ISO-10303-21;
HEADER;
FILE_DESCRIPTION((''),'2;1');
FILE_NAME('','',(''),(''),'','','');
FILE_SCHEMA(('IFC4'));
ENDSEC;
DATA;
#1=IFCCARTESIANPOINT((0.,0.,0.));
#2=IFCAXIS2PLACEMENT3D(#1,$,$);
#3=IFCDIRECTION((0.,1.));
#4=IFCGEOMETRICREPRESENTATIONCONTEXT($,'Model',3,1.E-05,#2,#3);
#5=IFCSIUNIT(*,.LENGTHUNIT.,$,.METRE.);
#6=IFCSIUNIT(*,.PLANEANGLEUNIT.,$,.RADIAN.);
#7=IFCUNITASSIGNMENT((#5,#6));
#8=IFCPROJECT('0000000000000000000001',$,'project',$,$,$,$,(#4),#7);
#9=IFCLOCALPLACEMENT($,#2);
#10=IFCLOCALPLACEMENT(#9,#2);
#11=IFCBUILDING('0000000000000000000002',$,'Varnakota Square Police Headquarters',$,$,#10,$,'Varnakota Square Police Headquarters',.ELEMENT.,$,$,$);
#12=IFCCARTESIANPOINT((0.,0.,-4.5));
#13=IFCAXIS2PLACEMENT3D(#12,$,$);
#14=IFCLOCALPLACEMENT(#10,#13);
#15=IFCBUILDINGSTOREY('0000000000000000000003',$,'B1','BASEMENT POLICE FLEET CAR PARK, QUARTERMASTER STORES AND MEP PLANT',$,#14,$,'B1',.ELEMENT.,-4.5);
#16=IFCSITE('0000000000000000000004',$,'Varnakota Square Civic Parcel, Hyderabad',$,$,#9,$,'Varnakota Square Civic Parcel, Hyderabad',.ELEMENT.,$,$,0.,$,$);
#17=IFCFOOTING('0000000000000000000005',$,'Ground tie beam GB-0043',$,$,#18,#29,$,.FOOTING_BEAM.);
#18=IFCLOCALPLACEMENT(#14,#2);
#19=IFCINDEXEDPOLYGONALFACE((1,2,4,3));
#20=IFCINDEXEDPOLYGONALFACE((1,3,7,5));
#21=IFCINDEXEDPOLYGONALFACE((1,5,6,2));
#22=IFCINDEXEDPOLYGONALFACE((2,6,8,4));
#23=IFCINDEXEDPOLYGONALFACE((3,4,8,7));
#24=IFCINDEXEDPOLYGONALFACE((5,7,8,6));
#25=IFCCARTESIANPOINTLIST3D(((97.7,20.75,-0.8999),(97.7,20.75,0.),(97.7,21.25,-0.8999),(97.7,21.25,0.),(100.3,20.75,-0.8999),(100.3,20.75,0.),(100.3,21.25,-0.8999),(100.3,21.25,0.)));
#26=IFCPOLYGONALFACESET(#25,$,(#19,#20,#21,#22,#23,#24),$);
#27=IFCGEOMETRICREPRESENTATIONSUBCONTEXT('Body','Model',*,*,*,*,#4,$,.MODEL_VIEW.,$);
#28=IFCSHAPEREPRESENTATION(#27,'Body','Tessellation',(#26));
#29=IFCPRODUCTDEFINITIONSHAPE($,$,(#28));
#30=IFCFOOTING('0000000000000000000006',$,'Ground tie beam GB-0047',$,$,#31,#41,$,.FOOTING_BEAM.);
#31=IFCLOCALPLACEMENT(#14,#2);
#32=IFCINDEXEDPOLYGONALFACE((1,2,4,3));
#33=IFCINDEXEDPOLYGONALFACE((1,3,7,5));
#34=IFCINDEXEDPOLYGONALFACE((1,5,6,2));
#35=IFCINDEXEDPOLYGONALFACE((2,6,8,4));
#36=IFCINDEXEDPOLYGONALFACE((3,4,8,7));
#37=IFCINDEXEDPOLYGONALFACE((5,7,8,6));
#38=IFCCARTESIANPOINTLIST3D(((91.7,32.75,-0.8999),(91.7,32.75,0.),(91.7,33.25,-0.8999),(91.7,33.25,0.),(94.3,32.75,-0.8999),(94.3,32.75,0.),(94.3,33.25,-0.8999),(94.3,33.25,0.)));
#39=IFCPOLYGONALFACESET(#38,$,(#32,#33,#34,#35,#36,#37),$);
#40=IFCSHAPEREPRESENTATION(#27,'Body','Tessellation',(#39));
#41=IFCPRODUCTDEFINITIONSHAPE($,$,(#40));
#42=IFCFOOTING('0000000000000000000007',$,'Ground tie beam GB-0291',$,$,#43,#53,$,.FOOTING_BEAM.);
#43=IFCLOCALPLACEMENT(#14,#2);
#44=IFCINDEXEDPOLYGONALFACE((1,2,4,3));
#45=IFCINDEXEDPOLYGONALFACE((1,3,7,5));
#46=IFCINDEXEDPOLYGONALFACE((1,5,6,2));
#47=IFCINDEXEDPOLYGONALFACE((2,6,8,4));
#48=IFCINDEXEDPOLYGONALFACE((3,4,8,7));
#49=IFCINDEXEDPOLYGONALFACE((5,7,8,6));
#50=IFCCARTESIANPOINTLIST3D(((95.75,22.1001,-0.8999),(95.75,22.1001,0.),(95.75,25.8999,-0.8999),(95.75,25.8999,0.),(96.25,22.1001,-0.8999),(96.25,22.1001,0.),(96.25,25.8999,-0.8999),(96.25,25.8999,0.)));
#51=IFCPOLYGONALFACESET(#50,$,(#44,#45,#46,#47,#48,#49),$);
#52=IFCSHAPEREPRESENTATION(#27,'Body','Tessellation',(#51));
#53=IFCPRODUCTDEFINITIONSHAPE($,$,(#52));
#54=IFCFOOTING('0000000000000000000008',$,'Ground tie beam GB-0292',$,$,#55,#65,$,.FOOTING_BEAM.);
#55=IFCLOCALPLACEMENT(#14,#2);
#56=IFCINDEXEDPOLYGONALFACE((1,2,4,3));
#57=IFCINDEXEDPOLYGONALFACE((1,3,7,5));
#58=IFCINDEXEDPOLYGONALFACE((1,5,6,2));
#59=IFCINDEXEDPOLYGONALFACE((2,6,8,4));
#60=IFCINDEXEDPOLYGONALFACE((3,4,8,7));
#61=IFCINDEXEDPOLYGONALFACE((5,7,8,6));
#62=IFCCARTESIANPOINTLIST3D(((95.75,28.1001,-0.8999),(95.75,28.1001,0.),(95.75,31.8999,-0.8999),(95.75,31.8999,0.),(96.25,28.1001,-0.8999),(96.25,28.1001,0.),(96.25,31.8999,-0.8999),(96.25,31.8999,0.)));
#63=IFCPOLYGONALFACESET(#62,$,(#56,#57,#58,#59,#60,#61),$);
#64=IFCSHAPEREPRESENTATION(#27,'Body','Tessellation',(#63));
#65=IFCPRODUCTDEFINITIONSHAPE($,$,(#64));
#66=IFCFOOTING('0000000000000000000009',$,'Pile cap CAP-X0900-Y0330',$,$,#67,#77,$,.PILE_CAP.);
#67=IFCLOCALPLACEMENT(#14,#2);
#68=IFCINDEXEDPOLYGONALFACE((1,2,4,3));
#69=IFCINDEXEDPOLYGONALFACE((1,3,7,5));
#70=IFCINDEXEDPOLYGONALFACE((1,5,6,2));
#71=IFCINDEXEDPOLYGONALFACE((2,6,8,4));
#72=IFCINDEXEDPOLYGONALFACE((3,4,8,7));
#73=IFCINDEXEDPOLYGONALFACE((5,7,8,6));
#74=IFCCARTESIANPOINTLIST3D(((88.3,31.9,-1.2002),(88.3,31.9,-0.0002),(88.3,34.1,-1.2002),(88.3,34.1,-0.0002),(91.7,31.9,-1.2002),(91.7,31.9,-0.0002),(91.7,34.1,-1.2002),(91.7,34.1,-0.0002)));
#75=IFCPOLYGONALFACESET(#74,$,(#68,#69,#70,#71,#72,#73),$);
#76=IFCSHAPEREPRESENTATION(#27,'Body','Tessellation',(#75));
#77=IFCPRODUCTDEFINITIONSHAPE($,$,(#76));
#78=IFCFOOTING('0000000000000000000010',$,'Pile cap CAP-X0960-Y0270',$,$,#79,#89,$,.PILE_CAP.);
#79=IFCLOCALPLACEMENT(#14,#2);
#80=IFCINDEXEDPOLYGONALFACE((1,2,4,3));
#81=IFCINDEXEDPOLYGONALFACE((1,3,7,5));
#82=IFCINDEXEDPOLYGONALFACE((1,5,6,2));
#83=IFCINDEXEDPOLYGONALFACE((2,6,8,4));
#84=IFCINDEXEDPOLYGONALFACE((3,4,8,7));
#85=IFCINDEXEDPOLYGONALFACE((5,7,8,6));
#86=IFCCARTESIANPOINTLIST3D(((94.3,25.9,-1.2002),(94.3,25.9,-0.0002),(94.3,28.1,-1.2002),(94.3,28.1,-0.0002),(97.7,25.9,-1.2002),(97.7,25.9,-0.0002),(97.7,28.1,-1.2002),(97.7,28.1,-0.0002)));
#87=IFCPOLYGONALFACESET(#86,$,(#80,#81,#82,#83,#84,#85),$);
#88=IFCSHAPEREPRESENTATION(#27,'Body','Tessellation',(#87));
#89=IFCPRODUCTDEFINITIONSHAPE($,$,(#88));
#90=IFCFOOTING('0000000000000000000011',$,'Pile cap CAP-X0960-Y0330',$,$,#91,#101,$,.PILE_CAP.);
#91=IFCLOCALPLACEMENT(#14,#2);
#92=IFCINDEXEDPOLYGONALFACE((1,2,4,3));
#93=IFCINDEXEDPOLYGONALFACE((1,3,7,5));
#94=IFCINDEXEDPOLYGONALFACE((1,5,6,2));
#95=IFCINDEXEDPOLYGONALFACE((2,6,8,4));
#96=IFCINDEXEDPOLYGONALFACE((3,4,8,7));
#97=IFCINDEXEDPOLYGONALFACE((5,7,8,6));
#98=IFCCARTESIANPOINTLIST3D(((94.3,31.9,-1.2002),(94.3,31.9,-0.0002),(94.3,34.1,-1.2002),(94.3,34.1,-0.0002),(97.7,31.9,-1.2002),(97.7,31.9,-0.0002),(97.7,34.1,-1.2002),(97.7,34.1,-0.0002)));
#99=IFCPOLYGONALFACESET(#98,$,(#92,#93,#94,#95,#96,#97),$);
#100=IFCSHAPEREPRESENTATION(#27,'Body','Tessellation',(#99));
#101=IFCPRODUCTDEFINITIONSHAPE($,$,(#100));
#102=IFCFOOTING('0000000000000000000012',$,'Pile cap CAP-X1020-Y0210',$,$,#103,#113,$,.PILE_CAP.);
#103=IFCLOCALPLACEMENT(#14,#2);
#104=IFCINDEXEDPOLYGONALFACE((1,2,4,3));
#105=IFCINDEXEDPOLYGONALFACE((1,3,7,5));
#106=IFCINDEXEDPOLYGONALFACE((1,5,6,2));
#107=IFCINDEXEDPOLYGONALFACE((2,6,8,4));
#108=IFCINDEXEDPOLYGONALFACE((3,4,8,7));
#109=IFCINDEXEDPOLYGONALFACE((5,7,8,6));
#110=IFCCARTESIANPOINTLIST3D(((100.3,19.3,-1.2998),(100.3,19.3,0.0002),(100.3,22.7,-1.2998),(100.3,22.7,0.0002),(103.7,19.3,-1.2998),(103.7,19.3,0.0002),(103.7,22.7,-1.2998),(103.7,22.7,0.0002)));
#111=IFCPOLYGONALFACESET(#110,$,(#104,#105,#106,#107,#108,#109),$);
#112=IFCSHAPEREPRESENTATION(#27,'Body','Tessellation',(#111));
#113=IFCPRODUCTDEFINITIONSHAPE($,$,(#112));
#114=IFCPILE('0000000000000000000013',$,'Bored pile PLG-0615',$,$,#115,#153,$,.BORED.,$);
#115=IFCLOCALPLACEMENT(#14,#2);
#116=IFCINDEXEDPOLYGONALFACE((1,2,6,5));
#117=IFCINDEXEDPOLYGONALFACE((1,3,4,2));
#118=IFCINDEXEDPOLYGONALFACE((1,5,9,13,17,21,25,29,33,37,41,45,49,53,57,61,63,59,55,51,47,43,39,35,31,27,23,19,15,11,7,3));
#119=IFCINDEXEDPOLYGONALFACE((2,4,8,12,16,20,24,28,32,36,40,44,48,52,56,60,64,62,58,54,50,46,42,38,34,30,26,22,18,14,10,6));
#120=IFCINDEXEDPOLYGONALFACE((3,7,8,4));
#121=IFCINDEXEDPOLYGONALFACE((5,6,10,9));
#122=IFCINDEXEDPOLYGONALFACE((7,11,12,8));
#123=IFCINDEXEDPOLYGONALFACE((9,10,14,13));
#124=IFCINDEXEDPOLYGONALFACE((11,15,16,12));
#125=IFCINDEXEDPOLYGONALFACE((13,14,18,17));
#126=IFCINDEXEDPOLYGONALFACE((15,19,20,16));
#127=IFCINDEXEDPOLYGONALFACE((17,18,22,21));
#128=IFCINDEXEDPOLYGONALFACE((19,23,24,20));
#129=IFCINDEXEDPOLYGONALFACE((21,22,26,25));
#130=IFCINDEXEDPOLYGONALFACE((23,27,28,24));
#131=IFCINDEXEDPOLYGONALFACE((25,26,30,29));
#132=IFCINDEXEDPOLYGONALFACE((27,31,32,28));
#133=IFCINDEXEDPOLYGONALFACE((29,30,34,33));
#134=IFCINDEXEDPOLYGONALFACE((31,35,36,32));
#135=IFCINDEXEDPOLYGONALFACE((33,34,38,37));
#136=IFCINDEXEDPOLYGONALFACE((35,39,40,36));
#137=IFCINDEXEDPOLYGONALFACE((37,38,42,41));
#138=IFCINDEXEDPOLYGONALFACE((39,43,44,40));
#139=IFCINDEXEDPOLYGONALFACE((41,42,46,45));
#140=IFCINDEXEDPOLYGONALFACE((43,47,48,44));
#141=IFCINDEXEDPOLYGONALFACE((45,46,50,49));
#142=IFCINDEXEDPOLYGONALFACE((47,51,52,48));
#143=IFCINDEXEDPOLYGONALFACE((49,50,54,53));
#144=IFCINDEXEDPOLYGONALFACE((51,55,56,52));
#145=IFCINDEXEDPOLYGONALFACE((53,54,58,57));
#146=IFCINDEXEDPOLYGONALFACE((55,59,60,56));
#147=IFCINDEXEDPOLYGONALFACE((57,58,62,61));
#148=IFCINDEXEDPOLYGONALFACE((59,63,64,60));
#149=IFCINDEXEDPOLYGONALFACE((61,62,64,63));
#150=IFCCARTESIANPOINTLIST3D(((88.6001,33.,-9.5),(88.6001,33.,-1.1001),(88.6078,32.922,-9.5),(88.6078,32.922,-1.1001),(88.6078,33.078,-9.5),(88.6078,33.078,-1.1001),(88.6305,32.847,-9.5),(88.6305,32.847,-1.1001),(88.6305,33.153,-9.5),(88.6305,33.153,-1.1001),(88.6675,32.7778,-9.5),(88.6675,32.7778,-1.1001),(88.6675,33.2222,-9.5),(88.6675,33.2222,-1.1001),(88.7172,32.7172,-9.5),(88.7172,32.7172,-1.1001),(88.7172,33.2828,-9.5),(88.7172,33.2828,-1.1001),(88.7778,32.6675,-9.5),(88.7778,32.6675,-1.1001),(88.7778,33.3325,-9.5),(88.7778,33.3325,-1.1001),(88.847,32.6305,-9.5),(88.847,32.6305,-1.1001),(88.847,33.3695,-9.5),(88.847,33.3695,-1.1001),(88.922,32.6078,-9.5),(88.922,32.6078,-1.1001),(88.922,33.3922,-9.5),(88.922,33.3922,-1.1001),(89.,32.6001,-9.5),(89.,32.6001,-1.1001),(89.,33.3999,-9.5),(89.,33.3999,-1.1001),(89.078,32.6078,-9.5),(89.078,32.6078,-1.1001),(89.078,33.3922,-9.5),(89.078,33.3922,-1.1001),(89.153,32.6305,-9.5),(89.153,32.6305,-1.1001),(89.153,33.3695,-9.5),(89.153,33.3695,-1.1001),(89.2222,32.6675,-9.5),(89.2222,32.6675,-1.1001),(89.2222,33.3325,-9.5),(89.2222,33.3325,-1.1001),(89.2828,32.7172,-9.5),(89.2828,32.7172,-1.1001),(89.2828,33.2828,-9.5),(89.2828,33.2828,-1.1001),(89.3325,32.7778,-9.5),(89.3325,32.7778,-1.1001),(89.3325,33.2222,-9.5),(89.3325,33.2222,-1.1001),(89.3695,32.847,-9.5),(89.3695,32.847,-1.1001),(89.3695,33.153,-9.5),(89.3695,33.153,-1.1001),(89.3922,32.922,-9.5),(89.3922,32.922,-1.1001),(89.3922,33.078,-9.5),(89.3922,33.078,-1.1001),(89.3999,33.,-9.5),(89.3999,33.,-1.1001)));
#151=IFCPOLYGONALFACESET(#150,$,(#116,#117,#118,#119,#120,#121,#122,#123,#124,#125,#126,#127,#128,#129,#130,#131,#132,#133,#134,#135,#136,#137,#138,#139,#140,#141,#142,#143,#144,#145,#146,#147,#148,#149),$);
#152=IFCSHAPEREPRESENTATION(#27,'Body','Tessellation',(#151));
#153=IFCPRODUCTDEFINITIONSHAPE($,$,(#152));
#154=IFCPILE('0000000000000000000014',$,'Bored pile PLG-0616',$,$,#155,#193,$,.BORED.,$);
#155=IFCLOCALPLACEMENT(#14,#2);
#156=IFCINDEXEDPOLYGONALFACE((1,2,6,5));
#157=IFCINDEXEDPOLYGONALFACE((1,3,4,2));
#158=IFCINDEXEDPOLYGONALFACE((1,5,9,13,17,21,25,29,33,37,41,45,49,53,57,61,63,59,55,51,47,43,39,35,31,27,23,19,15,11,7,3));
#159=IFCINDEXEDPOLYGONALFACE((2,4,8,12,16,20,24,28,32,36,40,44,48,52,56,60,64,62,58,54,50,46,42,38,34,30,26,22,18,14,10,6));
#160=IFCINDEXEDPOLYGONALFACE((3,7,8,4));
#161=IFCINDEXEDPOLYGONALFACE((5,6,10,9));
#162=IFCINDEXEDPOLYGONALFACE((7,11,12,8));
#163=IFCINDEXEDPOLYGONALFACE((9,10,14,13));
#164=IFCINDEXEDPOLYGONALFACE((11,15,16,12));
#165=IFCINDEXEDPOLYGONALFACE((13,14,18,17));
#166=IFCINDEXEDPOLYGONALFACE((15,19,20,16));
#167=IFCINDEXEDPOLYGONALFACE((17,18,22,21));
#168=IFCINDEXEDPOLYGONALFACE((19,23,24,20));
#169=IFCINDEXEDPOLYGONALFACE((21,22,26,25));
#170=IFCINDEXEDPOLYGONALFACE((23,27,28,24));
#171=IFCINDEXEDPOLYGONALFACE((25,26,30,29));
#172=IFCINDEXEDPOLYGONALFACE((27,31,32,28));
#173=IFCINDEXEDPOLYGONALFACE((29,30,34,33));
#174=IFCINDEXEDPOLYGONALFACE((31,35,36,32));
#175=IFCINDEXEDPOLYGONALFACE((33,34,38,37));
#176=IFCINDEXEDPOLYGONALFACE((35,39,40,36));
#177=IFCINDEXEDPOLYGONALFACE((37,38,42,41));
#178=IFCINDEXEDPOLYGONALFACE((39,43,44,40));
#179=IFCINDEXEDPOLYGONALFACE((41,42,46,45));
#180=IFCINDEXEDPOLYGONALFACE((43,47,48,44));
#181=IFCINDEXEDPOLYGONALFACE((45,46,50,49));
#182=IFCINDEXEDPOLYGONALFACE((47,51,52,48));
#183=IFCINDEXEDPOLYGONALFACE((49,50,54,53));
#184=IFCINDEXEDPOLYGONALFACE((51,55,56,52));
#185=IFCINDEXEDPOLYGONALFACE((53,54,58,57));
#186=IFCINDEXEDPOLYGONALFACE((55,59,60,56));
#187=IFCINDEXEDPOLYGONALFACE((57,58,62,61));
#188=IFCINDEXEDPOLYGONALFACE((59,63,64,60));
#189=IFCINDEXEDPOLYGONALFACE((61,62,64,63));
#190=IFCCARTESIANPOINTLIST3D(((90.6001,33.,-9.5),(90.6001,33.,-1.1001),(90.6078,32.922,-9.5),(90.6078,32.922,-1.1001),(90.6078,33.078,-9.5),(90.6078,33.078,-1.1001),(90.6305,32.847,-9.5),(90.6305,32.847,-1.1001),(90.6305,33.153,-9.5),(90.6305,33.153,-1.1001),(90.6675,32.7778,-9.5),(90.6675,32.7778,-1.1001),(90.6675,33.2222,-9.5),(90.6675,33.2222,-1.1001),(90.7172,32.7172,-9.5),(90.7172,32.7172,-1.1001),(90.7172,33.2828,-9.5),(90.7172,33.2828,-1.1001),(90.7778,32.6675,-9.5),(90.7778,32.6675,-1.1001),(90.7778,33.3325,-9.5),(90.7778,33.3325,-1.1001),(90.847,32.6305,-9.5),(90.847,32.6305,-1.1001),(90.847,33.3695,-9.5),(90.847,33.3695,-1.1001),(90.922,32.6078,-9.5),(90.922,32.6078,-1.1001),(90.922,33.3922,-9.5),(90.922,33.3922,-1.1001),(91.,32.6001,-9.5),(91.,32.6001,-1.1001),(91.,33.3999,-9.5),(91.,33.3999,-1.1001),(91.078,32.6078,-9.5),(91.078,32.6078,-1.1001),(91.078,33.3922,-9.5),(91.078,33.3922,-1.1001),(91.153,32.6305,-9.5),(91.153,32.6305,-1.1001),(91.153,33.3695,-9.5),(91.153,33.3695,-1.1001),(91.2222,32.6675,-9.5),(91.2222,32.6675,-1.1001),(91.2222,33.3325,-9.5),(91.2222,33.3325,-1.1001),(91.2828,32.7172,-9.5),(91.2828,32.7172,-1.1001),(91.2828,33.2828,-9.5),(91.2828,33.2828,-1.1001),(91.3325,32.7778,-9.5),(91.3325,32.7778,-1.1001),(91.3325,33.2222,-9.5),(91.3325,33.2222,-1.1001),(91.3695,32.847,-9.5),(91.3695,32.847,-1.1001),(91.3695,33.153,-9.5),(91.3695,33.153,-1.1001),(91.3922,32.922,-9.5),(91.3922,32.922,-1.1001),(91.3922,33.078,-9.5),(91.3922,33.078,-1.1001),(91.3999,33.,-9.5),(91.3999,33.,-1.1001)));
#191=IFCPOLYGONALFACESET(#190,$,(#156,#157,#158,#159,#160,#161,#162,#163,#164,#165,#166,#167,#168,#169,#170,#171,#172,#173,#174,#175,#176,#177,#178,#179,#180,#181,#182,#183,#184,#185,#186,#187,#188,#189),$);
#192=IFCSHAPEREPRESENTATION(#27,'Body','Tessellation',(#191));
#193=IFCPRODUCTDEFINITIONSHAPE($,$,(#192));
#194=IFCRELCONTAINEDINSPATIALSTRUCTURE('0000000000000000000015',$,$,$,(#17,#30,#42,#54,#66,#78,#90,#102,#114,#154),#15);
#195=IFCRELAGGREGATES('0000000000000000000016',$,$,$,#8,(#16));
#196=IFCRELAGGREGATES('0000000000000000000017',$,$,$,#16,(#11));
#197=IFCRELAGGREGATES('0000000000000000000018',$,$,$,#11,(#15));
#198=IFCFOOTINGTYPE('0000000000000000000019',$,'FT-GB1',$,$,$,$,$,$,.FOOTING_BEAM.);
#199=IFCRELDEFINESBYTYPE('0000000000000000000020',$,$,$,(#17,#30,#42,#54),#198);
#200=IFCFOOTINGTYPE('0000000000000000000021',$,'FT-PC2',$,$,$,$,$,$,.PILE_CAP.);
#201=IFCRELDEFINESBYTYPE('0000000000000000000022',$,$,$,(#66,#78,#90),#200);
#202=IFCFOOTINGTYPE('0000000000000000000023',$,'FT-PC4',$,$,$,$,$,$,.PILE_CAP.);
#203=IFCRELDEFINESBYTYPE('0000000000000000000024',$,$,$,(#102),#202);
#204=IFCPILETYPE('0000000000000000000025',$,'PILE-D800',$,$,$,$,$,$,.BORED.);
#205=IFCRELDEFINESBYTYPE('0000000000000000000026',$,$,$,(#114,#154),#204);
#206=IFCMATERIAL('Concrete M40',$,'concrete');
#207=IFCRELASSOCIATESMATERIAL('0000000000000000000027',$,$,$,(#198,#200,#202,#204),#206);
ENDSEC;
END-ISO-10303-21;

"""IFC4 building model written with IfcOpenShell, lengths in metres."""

from ifc_helpers import new_model, si_unit, direction, frame, origin, origin_2d, place, context, subcontext, project, spatial, rectangle, circle, extrude, material, material_profile, profile_set, type_object, element, save


model = new_model("IFC4")

# Units and contexts
model_context = context("Model", 3, precision=1e-05, world=origin(), true_north=direction((0.0, 1.0)))
body_context = subcontext(model_context, "Body", "Model", "MODEL_VIEW")
ifc_project = project(units=[si_unit("LENGTHUNIT", "METRE"), si_unit("PLANEANGLEUNIT", "RADIAN")], contexts=[model_context])

# Site, building, storey
site_placement = place(None, origin())
site = spatial("IfcSite", under=ifc_project, at=site_placement, Name="Varnakota Square Civic Parcel, Hyderabad", LongName="Varnakota Square Civic Parcel, Hyderabad", CompositionType="ELEMENT", RefElevation=0.0)
building_placement = place(site_placement, origin())
building = spatial("IfcBuilding", under=site, at=building_placement, Name="Varnakota Square Police Headquarters", LongName="Varnakota Square Police Headquarters", CompositionType="ELEMENT")
storey_placement = place(building_placement, frame((0.0, 0.0, -4.5)))
storey = spatial("IfcBuildingStorey", under=building, at=storey_placement, Name="B1", Description="BASEMENT POLICE FLEET CAR PARK, QUARTERMASTER STORES AND MEP PLANT", LongName="B1", CompositionType="ELEMENT", Elevation=-4.5)

# Footings
ifc_material_1 = material(Name="Concrete M40", Category="concrete")
ifc_material_profile_1 = material_profile(ifc_material_1, rectangle(XDim=0.5, YDim=0.8999, at=origin_2d()), Name="GB 500x900")
ifc_profile_set_1 = profile_set([ifc_material_profile_1], Name="Concrete M40")
footing_type_1 = type_object("IfcFootingType", Name="FT-GB1", PredefinedType="FOOTING_BEAM", material=ifc_profile_set_1)
for number, where, z_axis, x_axis, name in (
    (1, (97.7, 21.0, -0.45), (1.0, 0.0, 0.0), (0.0, 1.0, 0.0), "Ground tie beam GB-0043"),
    (2, (91.7, 33.0, -0.45), (1.0, 0.0, 0.0), (0.0, 1.0, 0.0), "Ground tie beam GB-0047"),
):
    element("IfcFooting", number, at=place(storey_placement, frame(where, z_axis=z_axis, x_axis=x_axis)), inside=storey, type_object=footing_type_1, Name=name, PredefinedType="FOOTING_BEAM", context=body_context, shape_type="SweptSolid", body=[
        extrude(rectangle(XDim=0.5, YDim=0.8999, at=origin_2d()), origin(), (0.0, 0.0, 1.0), 2.6001),
    ])
for number, where, z_axis, x_axis, name in (
    (3, (96.0, 22.1001, -0.45), (0.0, 1.0, 0.0), (-1.0, 0.0, 0.0), "Ground tie beam GB-0291"),
    (4, (96.0, 28.1001, -0.45), (0.0, 1.0, 0.0), (-1.0, 0.0, 0.0), "Ground tie beam GB-0292"),
):
    element("IfcFooting", number, at=place(storey_placement, frame(where, z_axis=z_axis, x_axis=x_axis)), inside=storey, type_object=footing_type_1, Name=name, PredefinedType="FOOTING_BEAM", context=body_context, shape_type="SweptSolid", body=[
        extrude(rectangle(XDim=0.5, YDim=0.8999, at=origin_2d()), origin(), (0.0, 0.0, 1.0), 3.7998),
    ])
footing_type_2 = type_object("IfcFootingType", Name="FT-PC2", PredefinedType="PILE_CAP", material=ifc_material_1)
for number, where, z_axis, x_axis, name in (
    (5, (90.0, 33.0, -1.2002), (0.0, 0.0, 1.0), (1.0, 0.0, 0.0), "Pile cap CAP-X0900-Y0330"),
    (6, (96.0, 27.0, -1.2002), (0.0, 0.0, 1.0), (1.0, 0.0, 0.0), "Pile cap CAP-X0960-Y0270"),
    (7, (96.0, 33.0, -1.2002), (0.0, 0.0, 1.0), (1.0, 0.0, 0.0), "Pile cap CAP-X0960-Y0330"),
):
    element("IfcFooting", number, at=place(storey_placement, frame(where, z_axis=z_axis, x_axis=x_axis)), inside=storey, type_object=footing_type_2, Name=name, PredefinedType="PILE_CAP", context=body_context, shape_type="SweptSolid", body=[
        extrude(rectangle(XDim=3.3999, YDim=2.2, at=origin_2d()), origin(), (0.0, 0.0, 1.0), 1.2),
    ])
footing_type_3 = type_object("IfcFootingType", Name="FT-PC4", PredefinedType="PILE_CAP", material=ifc_material_1)
footing_placement = place(storey_placement, frame((102.0, 21.0, -1.2998), z_axis=(0.0, 0.0, 1.0), x_axis=(1.0, 0.0, 0.0)))
element("IfcFooting", 8, at=footing_placement, inside=storey, type_object=footing_type_3, Name="Pile cap CAP-X1020-Y0210", PredefinedType="PILE_CAP", context=body_context, shape_type="SweptSolid", body=[
    extrude(rectangle(XDim=3.3999, YDim=3.3999, at=origin_2d()), origin(), (0.0, 0.0, 1.0), 1.3),
])

# Piles
ifc_material_profile_2 = material_profile(ifc_material_1, circle(Radius=0.3999, at=origin_2d()), Name="BORED PILE 800")
ifc_profile_set_2 = profile_set([ifc_material_profile_2], Name="Concrete M40")
pile_type = type_object("IfcPileType", Name="PILE-D800", PredefinedType="BORED", material=ifc_profile_set_2)
for number, where, z_axis, x_axis, name in (
    (9, (89.0, 33.0, -1.1001), (0.0, 0.0, -1.0), (1.0, 0.0, 0.0), "Bored pile PLG-0615"),
    (10, (91.0, 33.0, -1.1001), (0.0, 0.0, -1.0), (1.0, 0.0, 0.0), "Bored pile PLG-0616"),
):
    element("IfcPile", number, at=place(storey_placement, frame(where, z_axis=z_axis, x_axis=x_axis)), inside=storey, type_object=pile_type, Name=name, PredefinedType="BORED", context=body_context, shape_type="SweptSolid", body=[
        extrude(circle(Radius=0.3999, at=origin_2d()), origin(), (0.0, 0.0, 1.0), 8.3999),
    ])

save(model, "model.ifc")
